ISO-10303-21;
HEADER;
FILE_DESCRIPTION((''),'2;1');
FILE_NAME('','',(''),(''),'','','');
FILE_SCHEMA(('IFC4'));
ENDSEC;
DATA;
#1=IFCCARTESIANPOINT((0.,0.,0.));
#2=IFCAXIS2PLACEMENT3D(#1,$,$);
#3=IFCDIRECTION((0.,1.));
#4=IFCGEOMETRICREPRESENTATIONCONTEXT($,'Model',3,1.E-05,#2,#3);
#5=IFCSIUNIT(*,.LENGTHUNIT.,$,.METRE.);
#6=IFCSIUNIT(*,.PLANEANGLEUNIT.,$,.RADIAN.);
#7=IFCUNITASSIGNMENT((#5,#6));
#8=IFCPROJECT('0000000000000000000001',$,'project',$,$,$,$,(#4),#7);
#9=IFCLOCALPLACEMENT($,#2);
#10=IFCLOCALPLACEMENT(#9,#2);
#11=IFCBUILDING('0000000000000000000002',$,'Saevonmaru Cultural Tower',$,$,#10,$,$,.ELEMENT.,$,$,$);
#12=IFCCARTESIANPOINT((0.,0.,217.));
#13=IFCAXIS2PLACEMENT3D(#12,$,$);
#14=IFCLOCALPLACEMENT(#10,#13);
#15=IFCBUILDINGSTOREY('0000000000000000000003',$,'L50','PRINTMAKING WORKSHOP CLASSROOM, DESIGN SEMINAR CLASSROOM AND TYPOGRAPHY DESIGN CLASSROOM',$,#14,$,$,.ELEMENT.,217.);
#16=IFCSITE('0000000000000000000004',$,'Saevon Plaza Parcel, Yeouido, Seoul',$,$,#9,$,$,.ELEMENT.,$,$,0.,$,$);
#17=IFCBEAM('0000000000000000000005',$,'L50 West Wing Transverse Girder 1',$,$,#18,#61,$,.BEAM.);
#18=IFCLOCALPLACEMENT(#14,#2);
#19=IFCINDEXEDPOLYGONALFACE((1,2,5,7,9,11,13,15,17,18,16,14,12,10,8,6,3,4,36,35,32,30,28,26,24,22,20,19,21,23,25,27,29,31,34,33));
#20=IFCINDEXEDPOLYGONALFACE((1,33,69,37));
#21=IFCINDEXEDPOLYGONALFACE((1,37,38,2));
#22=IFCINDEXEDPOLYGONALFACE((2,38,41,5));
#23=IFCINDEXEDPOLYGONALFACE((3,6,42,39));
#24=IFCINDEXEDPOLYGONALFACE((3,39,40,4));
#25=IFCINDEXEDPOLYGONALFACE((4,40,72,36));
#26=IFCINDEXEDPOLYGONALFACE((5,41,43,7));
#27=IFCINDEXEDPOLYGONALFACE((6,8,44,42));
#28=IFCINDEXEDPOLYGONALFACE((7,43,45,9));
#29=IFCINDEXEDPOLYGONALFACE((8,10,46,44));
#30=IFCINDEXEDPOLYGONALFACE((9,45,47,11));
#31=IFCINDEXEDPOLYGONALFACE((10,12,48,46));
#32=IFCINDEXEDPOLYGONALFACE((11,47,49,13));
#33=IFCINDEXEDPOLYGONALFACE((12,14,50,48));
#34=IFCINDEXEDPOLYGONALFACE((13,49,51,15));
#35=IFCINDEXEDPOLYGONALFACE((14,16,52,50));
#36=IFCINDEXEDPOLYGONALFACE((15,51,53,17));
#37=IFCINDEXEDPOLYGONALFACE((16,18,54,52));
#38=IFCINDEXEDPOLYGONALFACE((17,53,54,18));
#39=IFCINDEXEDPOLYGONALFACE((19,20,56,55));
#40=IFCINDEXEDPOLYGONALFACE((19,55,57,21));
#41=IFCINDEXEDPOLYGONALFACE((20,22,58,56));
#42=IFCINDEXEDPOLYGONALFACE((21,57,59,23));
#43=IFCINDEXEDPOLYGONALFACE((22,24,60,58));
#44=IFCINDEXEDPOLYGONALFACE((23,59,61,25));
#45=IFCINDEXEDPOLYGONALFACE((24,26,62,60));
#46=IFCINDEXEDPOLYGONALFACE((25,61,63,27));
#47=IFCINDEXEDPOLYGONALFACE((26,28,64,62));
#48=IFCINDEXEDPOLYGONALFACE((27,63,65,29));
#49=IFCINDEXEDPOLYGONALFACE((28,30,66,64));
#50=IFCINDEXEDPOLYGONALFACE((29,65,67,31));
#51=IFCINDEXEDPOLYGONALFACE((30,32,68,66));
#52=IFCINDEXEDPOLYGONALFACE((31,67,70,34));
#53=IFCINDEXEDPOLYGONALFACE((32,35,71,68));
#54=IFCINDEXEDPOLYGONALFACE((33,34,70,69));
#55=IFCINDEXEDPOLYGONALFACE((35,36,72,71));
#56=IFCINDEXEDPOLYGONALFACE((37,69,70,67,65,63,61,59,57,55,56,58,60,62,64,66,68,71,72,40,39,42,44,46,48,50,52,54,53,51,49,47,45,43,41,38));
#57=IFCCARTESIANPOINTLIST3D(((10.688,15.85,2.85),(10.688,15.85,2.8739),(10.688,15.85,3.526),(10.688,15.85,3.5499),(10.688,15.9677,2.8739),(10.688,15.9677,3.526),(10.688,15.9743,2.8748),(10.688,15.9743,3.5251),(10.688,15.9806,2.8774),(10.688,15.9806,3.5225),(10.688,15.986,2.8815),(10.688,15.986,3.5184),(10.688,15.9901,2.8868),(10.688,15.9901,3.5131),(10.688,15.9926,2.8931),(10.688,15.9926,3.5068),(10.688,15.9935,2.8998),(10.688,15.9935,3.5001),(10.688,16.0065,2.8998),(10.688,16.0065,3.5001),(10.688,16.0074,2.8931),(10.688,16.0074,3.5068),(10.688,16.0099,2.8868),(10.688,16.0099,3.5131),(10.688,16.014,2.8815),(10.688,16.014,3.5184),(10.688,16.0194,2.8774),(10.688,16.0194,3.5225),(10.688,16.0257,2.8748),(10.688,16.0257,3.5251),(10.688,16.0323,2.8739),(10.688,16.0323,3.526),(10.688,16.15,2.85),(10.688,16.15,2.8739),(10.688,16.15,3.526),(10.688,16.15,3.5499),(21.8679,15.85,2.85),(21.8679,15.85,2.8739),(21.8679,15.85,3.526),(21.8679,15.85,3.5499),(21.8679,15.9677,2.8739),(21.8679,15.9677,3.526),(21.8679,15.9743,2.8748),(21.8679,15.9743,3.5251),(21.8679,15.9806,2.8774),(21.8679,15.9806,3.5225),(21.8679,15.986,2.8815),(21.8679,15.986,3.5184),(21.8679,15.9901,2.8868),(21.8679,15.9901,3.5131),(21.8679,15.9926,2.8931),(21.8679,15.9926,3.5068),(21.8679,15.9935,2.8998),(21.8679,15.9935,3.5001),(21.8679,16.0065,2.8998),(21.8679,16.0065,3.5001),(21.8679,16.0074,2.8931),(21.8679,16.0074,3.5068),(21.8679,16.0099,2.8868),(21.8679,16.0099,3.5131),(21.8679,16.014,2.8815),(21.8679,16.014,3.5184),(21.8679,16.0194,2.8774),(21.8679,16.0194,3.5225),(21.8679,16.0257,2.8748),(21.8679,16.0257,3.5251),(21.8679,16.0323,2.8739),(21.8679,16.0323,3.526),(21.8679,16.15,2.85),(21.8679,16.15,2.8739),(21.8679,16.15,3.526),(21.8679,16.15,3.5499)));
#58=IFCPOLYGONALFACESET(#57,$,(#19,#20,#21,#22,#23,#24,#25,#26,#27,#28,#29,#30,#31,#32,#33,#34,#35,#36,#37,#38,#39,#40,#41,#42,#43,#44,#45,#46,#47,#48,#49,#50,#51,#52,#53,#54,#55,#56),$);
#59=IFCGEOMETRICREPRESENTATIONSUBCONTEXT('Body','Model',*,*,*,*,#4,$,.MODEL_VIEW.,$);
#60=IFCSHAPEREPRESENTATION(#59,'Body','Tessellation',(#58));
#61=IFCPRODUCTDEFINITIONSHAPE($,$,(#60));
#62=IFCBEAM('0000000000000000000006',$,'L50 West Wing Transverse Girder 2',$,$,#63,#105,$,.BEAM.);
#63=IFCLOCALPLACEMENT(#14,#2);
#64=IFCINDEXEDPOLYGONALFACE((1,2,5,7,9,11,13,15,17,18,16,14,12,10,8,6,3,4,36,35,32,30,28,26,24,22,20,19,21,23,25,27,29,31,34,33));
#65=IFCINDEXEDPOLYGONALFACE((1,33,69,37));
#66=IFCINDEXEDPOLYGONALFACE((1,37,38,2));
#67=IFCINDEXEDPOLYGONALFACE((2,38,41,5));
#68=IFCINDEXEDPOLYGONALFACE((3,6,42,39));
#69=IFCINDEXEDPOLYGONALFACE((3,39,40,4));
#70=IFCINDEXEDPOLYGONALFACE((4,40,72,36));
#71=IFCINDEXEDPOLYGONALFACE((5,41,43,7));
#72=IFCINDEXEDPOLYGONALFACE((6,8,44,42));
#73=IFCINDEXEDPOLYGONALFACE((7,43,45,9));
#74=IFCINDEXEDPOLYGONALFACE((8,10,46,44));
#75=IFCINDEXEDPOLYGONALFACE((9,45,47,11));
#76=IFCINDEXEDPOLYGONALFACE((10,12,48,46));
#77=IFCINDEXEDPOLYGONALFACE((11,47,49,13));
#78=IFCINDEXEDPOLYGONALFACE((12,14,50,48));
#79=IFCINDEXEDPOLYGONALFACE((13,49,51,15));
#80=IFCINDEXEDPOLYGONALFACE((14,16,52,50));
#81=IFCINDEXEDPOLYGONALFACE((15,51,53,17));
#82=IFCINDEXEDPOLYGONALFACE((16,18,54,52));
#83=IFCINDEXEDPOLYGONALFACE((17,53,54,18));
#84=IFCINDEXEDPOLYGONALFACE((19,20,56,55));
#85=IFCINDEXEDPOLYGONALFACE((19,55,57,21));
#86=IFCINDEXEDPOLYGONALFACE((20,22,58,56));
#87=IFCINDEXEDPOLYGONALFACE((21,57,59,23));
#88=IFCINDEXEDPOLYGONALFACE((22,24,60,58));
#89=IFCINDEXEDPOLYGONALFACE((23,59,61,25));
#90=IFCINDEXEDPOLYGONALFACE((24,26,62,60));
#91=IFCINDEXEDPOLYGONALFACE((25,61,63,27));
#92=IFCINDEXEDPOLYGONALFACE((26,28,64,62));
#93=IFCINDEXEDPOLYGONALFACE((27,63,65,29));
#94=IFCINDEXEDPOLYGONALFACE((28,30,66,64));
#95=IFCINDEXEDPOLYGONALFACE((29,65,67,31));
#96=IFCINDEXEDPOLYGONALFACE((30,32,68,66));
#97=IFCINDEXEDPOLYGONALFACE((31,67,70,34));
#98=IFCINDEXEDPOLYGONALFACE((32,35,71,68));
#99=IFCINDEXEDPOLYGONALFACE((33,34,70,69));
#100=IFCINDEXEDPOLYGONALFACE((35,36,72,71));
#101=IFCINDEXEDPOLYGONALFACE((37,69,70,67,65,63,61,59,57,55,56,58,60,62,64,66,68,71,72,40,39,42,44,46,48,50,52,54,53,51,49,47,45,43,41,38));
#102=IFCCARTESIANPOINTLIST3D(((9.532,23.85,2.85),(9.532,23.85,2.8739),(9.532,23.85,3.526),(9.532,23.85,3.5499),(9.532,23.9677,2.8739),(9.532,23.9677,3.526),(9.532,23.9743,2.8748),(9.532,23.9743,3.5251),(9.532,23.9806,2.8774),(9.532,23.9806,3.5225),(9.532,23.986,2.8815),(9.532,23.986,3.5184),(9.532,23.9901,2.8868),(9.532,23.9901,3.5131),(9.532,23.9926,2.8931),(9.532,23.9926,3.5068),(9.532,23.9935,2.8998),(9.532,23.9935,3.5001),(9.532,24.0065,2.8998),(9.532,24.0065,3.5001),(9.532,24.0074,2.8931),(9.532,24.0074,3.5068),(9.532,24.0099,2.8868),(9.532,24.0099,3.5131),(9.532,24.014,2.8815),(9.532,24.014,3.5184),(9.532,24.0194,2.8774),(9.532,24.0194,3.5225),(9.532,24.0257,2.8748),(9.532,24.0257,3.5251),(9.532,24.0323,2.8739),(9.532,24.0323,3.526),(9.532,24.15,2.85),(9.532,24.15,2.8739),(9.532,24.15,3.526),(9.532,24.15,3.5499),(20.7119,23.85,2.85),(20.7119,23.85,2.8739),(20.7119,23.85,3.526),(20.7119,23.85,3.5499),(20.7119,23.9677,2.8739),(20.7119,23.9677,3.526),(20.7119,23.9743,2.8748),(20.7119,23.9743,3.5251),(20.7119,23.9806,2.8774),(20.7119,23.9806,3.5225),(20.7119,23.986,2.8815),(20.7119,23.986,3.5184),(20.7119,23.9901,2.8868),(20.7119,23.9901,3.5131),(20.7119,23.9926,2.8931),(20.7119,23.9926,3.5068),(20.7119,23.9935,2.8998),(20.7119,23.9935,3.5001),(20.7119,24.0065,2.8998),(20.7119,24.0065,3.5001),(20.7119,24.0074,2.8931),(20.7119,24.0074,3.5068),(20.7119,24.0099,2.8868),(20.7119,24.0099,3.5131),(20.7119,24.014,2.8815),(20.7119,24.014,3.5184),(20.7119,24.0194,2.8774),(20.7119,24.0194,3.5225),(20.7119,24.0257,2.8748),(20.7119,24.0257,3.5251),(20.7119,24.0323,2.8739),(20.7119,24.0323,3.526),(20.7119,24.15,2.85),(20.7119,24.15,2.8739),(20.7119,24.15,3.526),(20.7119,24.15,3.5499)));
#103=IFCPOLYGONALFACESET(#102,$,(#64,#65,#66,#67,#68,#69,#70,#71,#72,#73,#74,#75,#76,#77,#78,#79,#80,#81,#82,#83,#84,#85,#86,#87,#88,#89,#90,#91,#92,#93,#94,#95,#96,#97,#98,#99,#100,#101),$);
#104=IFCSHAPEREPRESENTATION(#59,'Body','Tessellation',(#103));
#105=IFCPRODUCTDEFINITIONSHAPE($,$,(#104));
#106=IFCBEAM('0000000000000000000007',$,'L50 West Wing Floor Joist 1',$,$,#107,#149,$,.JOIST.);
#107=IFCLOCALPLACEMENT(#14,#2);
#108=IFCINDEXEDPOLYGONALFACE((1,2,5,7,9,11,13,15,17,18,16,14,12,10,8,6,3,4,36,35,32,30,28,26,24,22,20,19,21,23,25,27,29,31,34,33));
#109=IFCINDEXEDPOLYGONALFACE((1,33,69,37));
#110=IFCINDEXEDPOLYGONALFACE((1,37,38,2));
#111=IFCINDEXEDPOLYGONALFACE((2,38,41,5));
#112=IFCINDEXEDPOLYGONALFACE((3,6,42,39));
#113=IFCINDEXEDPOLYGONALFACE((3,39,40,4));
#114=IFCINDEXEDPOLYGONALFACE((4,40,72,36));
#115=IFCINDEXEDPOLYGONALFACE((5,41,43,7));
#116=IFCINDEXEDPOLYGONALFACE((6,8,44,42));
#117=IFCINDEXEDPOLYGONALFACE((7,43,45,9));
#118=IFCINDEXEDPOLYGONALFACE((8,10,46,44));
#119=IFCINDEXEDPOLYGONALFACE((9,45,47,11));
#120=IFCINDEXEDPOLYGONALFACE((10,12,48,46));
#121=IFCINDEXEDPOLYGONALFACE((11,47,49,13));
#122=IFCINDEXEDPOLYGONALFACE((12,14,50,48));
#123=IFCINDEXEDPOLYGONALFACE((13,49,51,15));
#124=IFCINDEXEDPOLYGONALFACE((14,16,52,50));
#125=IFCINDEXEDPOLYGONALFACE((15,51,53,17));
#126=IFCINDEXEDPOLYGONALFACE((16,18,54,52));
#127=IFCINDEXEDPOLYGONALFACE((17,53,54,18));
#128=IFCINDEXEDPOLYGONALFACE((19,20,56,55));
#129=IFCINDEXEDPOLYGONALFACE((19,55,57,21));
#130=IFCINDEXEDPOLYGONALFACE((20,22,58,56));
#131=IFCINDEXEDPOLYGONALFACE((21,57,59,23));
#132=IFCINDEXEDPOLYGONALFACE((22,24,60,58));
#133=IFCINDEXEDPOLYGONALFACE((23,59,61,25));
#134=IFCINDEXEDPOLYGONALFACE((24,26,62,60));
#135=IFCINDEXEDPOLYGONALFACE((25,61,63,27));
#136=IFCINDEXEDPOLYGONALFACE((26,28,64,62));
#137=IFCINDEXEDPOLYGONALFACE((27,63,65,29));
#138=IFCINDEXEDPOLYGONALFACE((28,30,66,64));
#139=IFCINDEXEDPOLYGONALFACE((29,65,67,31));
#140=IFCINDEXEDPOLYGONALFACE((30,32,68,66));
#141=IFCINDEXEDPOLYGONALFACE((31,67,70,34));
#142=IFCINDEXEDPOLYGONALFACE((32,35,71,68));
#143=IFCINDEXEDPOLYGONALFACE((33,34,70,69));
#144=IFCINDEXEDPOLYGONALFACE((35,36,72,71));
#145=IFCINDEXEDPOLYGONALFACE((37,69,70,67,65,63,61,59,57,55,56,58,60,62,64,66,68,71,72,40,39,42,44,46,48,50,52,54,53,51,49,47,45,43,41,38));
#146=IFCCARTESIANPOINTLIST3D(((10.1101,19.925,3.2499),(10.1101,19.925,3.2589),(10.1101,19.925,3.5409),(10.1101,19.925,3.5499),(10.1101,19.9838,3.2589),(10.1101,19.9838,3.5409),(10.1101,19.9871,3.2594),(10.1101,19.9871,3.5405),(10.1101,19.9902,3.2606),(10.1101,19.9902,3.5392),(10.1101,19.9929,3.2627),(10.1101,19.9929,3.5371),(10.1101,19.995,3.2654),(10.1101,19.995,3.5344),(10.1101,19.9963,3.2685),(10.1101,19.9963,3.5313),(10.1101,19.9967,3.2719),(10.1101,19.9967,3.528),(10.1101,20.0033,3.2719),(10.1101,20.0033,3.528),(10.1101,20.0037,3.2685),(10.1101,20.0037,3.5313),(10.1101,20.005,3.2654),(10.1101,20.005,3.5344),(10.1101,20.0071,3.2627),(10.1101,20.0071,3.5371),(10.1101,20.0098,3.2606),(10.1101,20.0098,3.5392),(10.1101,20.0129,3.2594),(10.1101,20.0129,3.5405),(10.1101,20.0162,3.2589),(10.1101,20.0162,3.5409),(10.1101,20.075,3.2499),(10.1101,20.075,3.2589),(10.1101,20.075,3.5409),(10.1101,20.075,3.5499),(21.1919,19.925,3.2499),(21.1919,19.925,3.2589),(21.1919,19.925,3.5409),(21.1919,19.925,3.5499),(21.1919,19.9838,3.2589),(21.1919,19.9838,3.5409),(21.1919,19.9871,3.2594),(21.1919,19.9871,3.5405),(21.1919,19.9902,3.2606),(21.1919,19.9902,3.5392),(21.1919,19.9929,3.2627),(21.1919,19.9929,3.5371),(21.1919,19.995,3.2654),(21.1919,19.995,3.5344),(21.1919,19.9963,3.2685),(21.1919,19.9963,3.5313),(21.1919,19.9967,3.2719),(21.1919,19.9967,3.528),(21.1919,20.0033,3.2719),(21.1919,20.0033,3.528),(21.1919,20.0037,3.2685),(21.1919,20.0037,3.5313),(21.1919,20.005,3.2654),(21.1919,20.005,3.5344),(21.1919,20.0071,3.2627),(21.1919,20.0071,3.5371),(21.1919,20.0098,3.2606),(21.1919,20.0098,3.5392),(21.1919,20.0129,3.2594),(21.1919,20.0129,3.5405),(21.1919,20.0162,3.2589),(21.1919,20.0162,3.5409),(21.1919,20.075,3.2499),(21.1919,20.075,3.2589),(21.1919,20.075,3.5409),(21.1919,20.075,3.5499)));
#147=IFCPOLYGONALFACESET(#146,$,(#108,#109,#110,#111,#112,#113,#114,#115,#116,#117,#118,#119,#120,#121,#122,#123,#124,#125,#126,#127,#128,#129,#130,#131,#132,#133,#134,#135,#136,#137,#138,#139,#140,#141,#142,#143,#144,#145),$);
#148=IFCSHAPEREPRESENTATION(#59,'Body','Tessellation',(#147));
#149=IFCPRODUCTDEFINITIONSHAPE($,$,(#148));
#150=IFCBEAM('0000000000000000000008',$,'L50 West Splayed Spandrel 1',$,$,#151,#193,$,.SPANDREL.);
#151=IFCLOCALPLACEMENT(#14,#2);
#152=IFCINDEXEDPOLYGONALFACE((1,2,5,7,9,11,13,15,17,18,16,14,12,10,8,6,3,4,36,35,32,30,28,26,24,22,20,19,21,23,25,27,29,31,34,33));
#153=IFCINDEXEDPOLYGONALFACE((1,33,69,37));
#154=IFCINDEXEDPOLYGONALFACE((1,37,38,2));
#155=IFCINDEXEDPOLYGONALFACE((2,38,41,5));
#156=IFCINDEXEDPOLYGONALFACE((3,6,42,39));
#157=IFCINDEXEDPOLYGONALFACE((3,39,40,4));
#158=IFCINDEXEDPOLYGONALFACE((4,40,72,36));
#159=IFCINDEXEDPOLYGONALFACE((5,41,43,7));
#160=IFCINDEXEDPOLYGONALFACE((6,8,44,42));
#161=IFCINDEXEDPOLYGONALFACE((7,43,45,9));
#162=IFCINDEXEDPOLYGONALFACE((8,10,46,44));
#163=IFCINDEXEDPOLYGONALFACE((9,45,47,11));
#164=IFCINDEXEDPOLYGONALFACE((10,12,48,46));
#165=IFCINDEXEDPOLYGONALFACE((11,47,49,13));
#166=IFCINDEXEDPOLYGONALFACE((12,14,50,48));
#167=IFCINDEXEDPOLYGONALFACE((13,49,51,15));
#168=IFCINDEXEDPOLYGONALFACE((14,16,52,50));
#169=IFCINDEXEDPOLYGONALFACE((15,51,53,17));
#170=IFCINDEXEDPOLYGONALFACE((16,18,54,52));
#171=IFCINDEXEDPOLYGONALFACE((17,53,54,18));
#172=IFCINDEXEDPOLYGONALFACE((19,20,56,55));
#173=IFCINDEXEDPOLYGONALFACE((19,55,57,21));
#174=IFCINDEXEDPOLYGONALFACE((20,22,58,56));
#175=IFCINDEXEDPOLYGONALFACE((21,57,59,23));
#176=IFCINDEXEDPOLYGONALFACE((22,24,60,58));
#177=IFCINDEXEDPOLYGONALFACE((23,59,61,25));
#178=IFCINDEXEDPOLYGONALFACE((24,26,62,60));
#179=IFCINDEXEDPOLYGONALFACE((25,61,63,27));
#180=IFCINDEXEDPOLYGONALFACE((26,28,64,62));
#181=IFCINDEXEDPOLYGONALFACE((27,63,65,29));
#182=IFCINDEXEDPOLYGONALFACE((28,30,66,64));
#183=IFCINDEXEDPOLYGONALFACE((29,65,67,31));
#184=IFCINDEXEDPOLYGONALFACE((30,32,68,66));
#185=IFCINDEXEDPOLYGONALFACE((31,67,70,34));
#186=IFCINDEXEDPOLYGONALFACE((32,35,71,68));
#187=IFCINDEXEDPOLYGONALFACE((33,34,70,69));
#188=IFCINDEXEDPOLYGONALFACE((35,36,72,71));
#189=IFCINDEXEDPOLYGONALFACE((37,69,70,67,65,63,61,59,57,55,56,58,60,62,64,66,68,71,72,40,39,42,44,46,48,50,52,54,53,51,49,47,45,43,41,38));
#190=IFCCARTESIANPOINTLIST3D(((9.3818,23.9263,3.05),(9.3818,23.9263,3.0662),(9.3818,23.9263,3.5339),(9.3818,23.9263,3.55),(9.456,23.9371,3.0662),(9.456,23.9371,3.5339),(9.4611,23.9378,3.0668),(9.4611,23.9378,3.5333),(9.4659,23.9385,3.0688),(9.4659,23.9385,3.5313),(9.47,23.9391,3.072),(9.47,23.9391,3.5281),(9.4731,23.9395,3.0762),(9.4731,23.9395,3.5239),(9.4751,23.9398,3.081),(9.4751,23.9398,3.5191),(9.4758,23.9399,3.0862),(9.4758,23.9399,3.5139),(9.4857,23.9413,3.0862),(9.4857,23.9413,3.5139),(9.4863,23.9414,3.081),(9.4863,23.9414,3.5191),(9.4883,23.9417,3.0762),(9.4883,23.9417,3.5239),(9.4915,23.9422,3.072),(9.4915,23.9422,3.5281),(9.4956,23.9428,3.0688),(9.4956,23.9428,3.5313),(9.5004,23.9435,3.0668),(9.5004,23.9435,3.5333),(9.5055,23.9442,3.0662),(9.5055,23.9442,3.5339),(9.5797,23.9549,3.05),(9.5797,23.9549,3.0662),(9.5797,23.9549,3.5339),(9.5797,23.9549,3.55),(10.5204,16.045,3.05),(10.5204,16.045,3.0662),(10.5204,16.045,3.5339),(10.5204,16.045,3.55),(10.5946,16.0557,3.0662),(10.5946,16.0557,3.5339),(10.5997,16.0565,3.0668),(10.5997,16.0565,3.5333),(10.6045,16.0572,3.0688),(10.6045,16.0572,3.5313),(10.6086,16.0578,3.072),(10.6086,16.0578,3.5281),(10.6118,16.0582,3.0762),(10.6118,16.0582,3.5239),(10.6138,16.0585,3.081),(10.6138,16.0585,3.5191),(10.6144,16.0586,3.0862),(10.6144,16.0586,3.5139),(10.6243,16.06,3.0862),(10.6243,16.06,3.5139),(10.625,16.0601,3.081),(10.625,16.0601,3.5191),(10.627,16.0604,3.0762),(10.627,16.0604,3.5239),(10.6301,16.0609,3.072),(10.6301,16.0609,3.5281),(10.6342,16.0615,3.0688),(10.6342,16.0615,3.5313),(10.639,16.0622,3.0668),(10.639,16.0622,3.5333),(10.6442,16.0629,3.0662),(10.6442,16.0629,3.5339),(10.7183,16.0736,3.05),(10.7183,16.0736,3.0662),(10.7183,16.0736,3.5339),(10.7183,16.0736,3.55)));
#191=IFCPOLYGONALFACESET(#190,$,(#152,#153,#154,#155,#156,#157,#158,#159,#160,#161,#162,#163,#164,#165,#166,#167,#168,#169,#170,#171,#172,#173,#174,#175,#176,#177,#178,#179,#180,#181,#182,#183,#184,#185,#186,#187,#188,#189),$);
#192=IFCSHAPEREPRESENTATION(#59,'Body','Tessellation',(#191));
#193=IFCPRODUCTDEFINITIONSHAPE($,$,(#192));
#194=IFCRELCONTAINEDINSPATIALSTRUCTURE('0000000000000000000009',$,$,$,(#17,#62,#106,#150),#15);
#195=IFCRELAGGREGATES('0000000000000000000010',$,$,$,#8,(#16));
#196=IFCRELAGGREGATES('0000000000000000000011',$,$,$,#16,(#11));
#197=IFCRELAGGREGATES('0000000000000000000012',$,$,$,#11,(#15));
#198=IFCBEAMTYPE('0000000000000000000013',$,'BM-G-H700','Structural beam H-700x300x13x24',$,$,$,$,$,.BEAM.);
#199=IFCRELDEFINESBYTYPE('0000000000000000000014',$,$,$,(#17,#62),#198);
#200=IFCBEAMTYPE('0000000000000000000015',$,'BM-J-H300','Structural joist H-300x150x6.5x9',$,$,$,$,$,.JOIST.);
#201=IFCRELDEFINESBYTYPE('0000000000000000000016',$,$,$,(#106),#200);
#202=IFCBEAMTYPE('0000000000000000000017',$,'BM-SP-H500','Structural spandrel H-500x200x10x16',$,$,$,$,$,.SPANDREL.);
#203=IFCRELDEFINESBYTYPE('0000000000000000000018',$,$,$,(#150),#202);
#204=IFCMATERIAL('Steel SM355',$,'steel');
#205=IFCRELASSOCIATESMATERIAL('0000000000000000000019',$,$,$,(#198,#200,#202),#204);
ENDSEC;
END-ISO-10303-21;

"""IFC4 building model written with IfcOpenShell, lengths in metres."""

from ifc_helpers import new_model, si_unit, direction, frame, origin, origin_2d, place, context, subcontext, project, spatial, i_section, extrude, material, material_profile, profile_set, type_object, element, save


model = new_model("IFC4")

# Units and contexts
model_context = context("Model", 3, precision=1e-05, world=origin(), true_north=direction((0.0, 1.0)))
body_context = subcontext(model_context, "Body", "Model", "MODEL_VIEW")
ifc_project = project(units=[si_unit("LENGTHUNIT", "METRE"), si_unit("PLANEANGLEUNIT", "RADIAN")], contexts=[model_context])

# Site, building, storey
site_placement = place(None, origin())
site = spatial("IfcSite", under=ifc_project, at=site_placement, Name="Saevon Plaza Parcel, Yeouido, Seoul", CompositionType="ELEMENT", RefElevation=0.0)
building_placement = place(site_placement, origin())
building = spatial("IfcBuilding", under=site, at=building_placement, Name="Saevonmaru Cultural Tower", CompositionType="ELEMENT")
storey_placement = place(building_placement, frame((0.0, 0.0, 217.0)))
storey = spatial("IfcBuildingStorey", under=building, at=storey_placement, Name="L50", Description="PRINTMAKING WORKSHOP CLASSROOM, DESIGN SEMINAR CLASSROOM AND TYPOGRAPHY DESIGN CLASSROOM", CompositionType="ELEMENT", Elevation=217.0)

# Shared definitions
ifc_material_1 = material(Name="Steel SM355", Category="steel")

# Beams
ifc_material_profile_1 = material_profile(ifc_material_1, i_section(OverallWidth=0.3, OverallDepth=0.7, WebThickness=0.0129, FlangeThickness=0.0239, FilletRadius=0.0259, at=origin_2d()), Name="H-700x300x13x24")
ifc_profile_set_1 = profile_set([ifc_material_profile_1], Name="Steel SM355")
beam_type_1 = type_object("IfcBeamType", Name="BM-G-H700", Description="Structural beam H-700x300x13x24", PredefinedType="BEAM", material=ifc_profile_set_1)
for number, where, z_axis, x_axis, name in (
    (1, (10.688, 16.0, 3.2), (1.0, 0.0, 0.0), (0.0, 1.0, 0.0), "L50 West Wing Transverse Girder 1"),
    (2, (9.532, 24.0, 3.2), (1.0, 0.0, 0.0), (0.0, 1.0, 0.0), "L50 West Wing Transverse Girder 2"),
):
    element("IfcBeam", number, at=place(storey_placement, frame(where, z_axis=z_axis, x_axis=x_axis)), inside=storey, type_object=beam_type_1, Name=name, PredefinedType="BEAM", context=body_context, shape_type="SweptSolid", body=[
        extrude(i_section(OverallWidth=0.3, OverallDepth=0.7, WebThickness=0.0129, FlangeThickness=0.0239, FilletRadius=0.0259, at=origin_2d()), origin(), (0.0, 0.0, 1.0), 11.1799),
    ])
ifc_material_profile_2 = material_profile(ifc_material_1, i_section(OverallWidth=0.1499, OverallDepth=0.3, WebThickness=0.0066, FlangeThickness=0.009, FilletRadius=0.0129, at=origin_2d()), Name="H-300x150x6.5x9")
ifc_profile_set_2 = profile_set([ifc_material_profile_2], Name="Steel SM355")
beam_type_2 = type_object("IfcBeamType", Name="BM-J-H300", Description="Structural joist H-300x150x6.5x9", PredefinedType="JOIST", material=ifc_profile_set_2)
beam_placement = place(storey_placement, frame((10.1101, 20.0, 3.3999), z_axis=(1.0, 0.0, 0.0), x_axis=(0.0, 1.0, 0.0)))
element("IfcBeam", 3, at=beam_placement, inside=storey, type_object=beam_type_2, Name="L50 West Wing Floor Joist 1", PredefinedType="JOIST", context=body_context, shape_type="SweptSolid", body=[
    extrude(i_section(OverallWidth=0.1499, OverallDepth=0.3, WebThickness=0.0066, FlangeThickness=0.009, FilletRadius=0.0129, at=origin_2d()), origin(), (0.0, 0.0, 1.0), 11.0818),
])
ifc_material_profile_3 = material_profile(ifc_material_1, i_section(OverallWidth=0.2, OverallDepth=0.5, WebThickness=0.01, FlangeThickness=0.0161, FilletRadius=0.02, at=origin_2d()), Name="H-500x200x10x16")
ifc_profile_set_3 = profile_set([ifc_material_profile_3], Name="Steel SM355")
beam_type_3 = type_object("IfcBeamType", Name="BM-SP-H500", Description="Structural spandrel H-500x200x10x16", PredefinedType="SPANDREL", material=ifc_profile_set_3)
for number, where, z_axis, x_axis, name in (
    (4, (10.6194, 16.0593, 3.3), (-0.142992, 0.989724, 0.0), (-0.989724, -0.142992, 0.0), "L50 West Splayed Spandrel 1"),
):
    element("IfcBeam", number, at=place(storey_placement, frame(where, z_axis=z_axis, x_axis=x_axis)), inside=storey, type_object=beam_type_3, Name=name, PredefinedType="SPANDREL", context=body_context, shape_type="SweptSolid", body=[
        extrude(i_section(OverallWidth=0.2, OverallDepth=0.5, WebThickness=0.01, FlangeThickness=0.0161, FilletRadius=0.02, at=origin_2d()), origin(), (0.0, 0.0, 1.0), 7.9631),
    ])

save(model, "model.ifc")
